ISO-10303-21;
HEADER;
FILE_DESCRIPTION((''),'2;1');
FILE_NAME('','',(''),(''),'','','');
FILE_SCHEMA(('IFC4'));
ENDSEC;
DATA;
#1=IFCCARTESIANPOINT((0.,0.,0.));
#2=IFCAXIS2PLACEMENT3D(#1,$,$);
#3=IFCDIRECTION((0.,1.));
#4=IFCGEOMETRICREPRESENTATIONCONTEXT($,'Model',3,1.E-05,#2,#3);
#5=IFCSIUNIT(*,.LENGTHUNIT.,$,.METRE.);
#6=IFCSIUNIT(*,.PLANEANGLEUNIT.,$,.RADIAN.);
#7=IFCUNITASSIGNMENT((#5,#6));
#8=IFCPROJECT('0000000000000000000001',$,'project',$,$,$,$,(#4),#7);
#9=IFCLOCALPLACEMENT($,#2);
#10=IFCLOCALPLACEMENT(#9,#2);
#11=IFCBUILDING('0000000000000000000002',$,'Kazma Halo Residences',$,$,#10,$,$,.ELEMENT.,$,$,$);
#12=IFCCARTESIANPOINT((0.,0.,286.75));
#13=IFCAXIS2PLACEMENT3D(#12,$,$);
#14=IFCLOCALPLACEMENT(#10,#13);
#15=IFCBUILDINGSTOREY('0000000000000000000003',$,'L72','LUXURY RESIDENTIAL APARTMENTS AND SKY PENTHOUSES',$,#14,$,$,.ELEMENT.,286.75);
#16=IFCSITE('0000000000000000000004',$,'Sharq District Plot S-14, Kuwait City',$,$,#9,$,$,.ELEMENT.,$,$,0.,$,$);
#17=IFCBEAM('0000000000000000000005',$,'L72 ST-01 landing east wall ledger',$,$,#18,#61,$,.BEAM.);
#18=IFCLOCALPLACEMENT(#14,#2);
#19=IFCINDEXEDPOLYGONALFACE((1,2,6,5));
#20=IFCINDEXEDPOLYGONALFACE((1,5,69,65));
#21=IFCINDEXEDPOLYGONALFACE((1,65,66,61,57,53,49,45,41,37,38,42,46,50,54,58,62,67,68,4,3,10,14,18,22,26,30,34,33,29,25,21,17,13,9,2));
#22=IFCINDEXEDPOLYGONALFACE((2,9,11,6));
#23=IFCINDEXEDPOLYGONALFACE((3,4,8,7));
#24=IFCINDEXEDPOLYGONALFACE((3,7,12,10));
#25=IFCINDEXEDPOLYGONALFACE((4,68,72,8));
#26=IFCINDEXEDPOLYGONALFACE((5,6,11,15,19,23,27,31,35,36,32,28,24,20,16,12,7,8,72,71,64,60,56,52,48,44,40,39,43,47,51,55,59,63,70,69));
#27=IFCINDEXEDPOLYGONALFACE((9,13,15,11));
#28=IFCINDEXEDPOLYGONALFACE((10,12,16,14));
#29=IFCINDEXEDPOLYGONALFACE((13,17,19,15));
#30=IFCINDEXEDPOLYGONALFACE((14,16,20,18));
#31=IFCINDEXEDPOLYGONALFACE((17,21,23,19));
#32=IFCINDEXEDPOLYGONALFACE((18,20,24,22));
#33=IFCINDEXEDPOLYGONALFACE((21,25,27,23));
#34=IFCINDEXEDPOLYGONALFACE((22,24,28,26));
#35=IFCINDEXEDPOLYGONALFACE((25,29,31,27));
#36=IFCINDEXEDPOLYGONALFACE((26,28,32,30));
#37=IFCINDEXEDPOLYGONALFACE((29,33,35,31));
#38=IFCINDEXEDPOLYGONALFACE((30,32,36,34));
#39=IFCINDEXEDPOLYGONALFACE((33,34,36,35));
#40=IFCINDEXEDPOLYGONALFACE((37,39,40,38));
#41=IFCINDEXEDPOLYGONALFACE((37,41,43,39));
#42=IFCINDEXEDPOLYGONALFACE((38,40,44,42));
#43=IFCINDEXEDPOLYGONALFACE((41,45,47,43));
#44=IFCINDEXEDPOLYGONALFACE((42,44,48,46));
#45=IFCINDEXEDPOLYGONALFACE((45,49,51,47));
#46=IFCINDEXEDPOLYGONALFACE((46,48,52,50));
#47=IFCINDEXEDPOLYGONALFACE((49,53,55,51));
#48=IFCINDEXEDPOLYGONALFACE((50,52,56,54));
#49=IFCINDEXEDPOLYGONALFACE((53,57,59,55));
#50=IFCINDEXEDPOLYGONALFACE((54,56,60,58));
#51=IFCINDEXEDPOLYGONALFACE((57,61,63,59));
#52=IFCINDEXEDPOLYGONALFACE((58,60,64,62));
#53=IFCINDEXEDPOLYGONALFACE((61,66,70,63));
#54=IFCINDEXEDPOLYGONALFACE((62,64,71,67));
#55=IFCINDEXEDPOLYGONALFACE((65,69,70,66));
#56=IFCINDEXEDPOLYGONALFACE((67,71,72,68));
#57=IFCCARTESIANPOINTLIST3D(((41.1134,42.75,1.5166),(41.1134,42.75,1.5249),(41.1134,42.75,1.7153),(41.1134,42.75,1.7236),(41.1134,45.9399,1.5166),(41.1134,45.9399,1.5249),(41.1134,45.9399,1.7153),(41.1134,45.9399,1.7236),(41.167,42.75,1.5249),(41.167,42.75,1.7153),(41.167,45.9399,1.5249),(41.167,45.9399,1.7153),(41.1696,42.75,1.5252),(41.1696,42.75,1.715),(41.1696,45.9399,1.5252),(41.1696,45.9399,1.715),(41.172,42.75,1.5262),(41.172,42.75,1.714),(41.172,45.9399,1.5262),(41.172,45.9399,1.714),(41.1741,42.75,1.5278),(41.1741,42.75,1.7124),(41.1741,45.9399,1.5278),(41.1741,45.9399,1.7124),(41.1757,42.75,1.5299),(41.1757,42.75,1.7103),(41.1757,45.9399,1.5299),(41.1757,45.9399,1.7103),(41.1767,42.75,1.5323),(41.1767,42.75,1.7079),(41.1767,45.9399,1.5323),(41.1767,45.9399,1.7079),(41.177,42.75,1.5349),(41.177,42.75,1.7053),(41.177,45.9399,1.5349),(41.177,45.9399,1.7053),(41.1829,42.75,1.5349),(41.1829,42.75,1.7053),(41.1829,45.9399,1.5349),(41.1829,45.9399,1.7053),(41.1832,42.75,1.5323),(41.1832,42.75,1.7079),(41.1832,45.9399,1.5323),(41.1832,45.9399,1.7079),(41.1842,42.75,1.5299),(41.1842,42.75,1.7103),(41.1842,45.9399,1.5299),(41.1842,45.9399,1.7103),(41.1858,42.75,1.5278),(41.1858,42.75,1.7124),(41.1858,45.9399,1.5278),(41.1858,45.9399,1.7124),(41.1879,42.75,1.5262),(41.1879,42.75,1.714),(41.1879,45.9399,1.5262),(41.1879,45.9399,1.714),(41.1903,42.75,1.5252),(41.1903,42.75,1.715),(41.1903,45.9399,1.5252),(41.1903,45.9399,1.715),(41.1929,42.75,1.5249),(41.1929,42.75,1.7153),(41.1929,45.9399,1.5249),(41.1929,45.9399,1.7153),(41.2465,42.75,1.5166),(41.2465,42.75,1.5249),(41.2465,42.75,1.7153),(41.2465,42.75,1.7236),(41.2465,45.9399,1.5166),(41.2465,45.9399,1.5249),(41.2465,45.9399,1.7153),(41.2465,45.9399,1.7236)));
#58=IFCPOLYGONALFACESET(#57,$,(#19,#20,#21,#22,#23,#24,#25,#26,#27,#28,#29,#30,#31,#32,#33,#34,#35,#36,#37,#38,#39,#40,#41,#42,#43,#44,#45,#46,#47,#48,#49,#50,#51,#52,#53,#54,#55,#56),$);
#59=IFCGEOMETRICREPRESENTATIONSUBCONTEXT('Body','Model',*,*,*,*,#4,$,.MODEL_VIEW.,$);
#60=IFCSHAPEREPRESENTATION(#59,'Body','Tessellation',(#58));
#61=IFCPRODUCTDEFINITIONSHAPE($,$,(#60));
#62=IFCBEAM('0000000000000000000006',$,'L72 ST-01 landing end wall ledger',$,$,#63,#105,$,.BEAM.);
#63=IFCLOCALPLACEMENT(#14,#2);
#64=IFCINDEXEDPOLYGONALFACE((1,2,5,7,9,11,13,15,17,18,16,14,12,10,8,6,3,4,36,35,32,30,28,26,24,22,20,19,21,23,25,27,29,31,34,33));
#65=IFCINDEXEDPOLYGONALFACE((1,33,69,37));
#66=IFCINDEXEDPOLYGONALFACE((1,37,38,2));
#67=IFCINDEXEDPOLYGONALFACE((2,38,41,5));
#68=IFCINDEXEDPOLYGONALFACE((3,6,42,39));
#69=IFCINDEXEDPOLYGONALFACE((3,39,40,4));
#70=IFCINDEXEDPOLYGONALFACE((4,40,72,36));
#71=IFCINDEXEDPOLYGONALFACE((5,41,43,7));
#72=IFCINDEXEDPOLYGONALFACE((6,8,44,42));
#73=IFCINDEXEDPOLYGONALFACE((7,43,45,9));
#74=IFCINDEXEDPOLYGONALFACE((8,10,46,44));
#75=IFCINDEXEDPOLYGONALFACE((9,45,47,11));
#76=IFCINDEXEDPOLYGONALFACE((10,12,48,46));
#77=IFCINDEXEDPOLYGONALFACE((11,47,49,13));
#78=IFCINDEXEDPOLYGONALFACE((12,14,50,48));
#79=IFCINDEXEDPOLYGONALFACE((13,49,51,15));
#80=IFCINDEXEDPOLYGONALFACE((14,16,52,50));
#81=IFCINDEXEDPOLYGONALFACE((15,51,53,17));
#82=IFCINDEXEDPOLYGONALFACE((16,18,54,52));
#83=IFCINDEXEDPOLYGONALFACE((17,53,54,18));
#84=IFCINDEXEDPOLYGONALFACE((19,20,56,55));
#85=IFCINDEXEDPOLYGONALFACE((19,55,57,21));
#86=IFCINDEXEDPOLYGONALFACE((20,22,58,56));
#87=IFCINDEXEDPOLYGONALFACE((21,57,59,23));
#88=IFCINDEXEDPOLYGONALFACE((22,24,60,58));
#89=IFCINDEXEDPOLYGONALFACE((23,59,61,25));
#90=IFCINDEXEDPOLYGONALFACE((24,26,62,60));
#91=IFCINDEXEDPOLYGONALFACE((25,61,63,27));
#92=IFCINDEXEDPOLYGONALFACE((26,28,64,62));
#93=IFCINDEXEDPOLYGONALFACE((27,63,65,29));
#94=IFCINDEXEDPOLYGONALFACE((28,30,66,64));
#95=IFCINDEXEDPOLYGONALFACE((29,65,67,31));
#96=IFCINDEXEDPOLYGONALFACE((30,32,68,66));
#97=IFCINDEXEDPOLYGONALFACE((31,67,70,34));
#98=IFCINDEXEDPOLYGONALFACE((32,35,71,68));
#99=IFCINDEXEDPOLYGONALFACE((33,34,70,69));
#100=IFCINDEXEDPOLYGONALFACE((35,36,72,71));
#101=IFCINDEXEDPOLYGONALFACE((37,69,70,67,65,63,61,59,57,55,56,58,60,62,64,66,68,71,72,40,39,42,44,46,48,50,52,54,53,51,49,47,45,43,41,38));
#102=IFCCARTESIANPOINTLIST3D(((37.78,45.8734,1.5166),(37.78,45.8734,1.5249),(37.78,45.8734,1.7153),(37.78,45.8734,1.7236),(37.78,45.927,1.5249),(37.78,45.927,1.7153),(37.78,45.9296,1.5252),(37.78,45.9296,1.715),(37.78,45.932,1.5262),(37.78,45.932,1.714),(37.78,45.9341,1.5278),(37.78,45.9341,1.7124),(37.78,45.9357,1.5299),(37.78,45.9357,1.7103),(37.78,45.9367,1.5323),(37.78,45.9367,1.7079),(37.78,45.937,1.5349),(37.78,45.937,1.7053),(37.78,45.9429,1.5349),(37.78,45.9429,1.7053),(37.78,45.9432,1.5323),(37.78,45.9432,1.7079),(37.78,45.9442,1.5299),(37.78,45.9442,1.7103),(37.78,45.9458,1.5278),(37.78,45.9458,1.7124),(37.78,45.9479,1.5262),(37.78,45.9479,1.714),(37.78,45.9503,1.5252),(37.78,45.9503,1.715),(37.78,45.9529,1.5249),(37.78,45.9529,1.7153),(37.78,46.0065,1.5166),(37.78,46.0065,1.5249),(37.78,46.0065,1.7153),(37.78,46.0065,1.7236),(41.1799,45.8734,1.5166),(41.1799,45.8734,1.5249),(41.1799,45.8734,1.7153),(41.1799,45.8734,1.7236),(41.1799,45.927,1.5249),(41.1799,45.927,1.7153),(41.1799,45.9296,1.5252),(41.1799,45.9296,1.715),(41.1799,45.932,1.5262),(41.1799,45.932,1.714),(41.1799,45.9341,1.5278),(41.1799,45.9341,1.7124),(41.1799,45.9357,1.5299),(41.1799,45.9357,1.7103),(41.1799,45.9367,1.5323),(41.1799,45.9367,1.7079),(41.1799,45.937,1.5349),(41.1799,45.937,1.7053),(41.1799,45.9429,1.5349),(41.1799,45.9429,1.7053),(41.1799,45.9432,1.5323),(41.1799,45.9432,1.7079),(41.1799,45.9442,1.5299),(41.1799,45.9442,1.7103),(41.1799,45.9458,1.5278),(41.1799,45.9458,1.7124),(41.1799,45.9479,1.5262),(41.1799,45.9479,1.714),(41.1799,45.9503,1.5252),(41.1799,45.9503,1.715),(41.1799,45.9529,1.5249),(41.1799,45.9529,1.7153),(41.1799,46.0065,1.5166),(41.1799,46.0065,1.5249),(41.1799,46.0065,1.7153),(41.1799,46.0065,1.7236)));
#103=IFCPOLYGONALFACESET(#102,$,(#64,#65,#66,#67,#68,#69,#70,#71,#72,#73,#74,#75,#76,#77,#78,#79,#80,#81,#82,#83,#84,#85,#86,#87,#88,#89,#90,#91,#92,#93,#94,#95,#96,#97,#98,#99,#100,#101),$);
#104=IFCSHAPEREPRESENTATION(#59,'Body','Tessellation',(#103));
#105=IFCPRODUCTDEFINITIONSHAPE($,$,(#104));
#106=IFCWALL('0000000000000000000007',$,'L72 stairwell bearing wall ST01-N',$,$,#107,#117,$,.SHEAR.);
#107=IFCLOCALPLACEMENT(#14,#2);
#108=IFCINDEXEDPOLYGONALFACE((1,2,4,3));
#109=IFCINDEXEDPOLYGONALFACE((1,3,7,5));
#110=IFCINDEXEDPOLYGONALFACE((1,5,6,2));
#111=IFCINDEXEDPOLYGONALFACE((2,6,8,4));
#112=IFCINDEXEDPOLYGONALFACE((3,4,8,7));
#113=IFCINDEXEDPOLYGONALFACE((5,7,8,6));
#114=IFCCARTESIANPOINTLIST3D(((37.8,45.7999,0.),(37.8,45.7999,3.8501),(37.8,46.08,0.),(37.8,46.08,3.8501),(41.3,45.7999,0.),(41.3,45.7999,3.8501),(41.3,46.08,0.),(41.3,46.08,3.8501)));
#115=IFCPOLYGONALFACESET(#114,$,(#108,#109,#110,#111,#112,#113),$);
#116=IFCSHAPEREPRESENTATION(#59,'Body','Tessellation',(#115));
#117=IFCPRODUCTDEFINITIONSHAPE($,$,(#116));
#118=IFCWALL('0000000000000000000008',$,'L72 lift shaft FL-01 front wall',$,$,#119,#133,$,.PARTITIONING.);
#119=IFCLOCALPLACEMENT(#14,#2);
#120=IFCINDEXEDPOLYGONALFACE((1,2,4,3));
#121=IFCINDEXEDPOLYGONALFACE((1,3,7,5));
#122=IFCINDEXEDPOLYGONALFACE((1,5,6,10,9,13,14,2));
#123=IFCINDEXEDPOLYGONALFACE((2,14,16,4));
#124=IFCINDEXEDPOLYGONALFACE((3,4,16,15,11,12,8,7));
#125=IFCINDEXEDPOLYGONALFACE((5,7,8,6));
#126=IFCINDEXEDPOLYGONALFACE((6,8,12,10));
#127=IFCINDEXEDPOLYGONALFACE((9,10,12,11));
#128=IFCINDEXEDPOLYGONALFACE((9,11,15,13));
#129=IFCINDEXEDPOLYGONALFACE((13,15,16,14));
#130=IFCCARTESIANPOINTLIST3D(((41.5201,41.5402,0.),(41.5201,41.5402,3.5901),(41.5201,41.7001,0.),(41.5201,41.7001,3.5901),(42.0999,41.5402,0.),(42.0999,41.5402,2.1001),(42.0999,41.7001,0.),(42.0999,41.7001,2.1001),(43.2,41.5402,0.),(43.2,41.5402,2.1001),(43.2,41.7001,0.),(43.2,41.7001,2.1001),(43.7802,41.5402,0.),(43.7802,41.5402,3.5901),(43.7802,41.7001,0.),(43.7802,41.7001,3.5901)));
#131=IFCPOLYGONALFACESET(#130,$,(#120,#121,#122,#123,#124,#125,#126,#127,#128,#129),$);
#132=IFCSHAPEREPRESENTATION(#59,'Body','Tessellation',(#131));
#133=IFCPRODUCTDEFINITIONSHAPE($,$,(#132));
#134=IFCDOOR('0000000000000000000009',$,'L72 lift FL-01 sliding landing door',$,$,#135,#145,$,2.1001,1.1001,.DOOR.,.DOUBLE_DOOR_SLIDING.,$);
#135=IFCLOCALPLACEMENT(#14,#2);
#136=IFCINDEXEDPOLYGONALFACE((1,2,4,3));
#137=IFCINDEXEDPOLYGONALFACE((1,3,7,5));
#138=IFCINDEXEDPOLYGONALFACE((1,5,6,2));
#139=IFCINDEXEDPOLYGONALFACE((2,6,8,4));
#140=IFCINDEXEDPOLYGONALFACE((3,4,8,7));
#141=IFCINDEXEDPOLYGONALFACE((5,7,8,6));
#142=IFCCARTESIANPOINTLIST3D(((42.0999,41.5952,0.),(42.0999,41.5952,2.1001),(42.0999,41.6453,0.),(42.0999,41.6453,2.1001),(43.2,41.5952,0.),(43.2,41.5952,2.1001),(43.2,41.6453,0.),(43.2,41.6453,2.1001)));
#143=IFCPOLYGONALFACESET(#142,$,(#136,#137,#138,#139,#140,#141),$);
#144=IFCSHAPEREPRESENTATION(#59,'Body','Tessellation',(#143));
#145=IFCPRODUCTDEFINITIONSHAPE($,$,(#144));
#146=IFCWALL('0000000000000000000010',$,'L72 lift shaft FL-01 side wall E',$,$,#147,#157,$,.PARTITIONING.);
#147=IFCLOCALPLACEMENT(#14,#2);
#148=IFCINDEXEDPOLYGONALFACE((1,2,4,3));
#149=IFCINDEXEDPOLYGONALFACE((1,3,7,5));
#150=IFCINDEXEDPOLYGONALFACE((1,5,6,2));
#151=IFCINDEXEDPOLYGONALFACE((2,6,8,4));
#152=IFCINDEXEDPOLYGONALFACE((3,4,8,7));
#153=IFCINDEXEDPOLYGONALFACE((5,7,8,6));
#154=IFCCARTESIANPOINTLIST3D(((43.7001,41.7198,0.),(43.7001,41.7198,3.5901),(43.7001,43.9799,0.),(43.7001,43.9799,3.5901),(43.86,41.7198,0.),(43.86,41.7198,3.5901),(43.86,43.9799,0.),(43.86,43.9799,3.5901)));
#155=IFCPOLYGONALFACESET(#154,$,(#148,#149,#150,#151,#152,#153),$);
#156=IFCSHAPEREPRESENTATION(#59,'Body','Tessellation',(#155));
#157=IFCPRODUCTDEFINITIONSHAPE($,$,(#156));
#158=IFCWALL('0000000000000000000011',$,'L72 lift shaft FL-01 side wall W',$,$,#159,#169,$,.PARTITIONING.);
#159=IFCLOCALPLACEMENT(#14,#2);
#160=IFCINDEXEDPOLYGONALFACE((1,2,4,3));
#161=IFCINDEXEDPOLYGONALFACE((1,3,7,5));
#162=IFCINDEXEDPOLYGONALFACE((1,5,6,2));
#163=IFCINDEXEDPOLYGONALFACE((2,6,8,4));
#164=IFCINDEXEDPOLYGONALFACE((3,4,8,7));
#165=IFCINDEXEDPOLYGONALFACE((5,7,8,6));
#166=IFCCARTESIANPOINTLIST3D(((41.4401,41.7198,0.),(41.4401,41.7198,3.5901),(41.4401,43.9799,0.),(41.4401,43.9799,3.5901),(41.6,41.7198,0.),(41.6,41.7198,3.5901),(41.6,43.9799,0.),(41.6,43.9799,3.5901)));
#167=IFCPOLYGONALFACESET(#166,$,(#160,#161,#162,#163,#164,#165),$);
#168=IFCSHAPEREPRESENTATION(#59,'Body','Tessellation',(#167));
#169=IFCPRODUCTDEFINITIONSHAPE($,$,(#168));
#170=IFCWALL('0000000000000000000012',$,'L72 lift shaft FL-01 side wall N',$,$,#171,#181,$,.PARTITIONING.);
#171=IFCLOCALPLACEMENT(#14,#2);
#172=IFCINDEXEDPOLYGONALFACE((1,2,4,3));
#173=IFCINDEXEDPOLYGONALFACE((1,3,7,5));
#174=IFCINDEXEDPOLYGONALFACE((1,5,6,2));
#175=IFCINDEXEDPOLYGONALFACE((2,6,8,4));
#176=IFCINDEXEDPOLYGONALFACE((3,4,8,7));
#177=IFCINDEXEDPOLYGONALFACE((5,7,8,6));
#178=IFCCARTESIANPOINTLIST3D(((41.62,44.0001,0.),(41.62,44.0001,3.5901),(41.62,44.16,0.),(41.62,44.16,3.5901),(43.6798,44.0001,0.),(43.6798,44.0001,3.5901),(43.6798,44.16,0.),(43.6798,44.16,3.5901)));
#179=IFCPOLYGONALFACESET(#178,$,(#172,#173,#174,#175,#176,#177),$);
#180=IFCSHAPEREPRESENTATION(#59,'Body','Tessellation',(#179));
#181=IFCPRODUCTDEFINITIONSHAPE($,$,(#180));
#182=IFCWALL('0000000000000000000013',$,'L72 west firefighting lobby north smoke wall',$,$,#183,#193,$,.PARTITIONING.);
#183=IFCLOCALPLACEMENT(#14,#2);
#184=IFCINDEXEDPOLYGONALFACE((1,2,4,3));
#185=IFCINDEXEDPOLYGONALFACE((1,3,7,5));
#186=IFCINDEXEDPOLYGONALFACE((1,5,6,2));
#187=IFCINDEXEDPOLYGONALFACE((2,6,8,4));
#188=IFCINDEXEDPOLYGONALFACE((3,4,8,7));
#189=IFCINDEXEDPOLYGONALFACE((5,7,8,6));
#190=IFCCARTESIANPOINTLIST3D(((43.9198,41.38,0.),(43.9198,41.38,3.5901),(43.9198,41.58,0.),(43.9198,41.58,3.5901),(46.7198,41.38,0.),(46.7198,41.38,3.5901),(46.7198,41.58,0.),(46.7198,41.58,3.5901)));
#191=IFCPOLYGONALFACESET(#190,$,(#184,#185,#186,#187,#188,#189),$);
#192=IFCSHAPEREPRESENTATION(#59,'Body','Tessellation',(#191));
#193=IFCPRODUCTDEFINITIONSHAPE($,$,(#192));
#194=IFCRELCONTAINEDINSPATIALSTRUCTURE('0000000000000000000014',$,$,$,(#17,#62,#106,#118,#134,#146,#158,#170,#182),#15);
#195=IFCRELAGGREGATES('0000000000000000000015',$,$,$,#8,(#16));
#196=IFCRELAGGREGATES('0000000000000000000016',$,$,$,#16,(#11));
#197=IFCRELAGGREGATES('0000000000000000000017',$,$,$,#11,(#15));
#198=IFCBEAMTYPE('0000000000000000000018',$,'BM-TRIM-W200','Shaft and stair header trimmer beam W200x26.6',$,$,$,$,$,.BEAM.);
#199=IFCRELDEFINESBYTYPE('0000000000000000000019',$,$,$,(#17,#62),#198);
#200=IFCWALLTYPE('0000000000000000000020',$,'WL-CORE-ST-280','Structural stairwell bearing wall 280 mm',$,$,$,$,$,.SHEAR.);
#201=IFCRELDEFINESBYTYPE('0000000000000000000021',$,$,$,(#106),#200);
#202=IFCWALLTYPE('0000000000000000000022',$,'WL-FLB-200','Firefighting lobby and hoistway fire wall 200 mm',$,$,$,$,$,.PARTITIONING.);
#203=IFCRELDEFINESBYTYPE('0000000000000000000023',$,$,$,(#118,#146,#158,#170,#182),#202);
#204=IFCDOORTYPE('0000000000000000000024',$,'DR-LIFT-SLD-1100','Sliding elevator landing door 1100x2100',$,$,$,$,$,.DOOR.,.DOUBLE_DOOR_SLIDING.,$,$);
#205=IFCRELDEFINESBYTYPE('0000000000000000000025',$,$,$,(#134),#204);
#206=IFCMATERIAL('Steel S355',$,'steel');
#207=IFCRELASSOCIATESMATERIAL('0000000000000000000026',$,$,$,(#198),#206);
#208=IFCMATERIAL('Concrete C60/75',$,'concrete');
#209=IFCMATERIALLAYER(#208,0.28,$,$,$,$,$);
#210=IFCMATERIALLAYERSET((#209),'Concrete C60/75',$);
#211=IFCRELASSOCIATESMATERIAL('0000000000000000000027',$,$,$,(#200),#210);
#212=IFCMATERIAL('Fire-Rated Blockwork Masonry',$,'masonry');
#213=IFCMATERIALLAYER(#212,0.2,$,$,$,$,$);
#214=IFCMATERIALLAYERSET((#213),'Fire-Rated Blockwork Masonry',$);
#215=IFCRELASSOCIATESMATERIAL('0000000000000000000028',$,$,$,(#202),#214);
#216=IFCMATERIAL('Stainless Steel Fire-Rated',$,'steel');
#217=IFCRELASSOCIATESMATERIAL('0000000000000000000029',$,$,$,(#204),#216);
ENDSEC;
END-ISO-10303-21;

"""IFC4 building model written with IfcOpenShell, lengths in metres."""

from ifc_helpers import new_model, si_unit, direction, frame, frame_2d, origin, origin_2d, place, context, subcontext, project, spatial, rectangle, i_section, extrude, material, layer, layer_set, material_profile, profile_set, type_object, element, fill, save


model = new_model("IFC4")

# Units and contexts
model_context = context("Model", 3, precision=1e-05, world=origin(), true_north=direction((0.0, 1.0)))
body_context = subcontext(model_context, "Body", "Model", "MODEL_VIEW")
ifc_project = project(units=[si_unit("LENGTHUNIT", "METRE"), si_unit("PLANEANGLEUNIT", "RADIAN")], contexts=[model_context])

# Site, building, storey
site_placement = place(None, origin())
site = spatial("IfcSite", under=ifc_project, at=site_placement, Name="Sharq District Plot S-14, Kuwait City", CompositionType="ELEMENT", RefElevation=0.0)
building_placement = place(site_placement, origin())
building = spatial("IfcBuilding", under=site, at=building_placement, Name="Kazma Halo Residences", CompositionType="ELEMENT")
storey_placement = place(building_placement, frame((0.0, 0.0, 286.75)))
storey = spatial("IfcBuildingStorey", under=building, at=storey_placement, Name="L72", Description="LUXURY RESIDENTIAL APARTMENTS AND SKY PENTHOUSES", CompositionType="ELEMENT", Elevation=286.75)

# Shared definitions
ifc_material_1 = material(Name="Steel S355", Category="steel")

# Beams
ifc_material_profile_1 = material_profile(ifc_material_1, i_section(OverallWidth=0.1331, OverallDepth=0.207, WebThickness=0.0059, FlangeThickness=0.0083, FilletRadius=0.01, at=origin_2d()), Name="W200x26.6")
ifc_profile_set_1 = profile_set([ifc_material_profile_1], Name="Steel S355")
beam_type_1 = type_object("IfcBeamType", Name="BM-TRIM-W200", Description="Shaft and stair header trimmer beam W200x26.6", PredefinedType="BEAM", material=ifc_profile_set_1)
beam_1_placement = place(storey_placement, frame((41.1799, 42.75, 1.6201), z_axis=(0.0, 1.0, 0.0), x_axis=(-1.0, 0.0, 0.0)))
element("IfcBeam", 1, at=beam_1_placement, inside=storey, type_object=beam_type_1, Name="L72 ST-01 landing east wall ledger", PredefinedType="BEAM", context=body_context, shape_type="SweptSolid", body=[
    extrude(i_section(OverallWidth=0.1331, OverallDepth=0.207, WebThickness=0.0059, FlangeThickness=0.0083, FilletRadius=0.01, at=origin_2d()), origin(), (0.0, 0.0, 1.0), 3.1899),
])
beam_2_placement = place(storey_placement, frame((37.78, 45.9399, 1.6201), z_axis=(1.0, 0.0, 0.0), x_axis=(0.0, 1.0, 0.0)))
element("IfcBeam", 2, at=beam_2_placement, inside=storey, type_object=beam_type_1, Name="L72 ST-01 landing end wall ledger", PredefinedType="BEAM", context=body_context, shape_type="SweptSolid", body=[
    extrude(i_section(OverallWidth=0.1331, OverallDepth=0.207, WebThickness=0.0059, FlangeThickness=0.0083, FilletRadius=0.01, at=origin_2d()), origin(), (0.0, 0.0, 1.0), 3.3999),
])

# Wall
ifc_material_2 = material(Name="Concrete C60/75", Category="concrete")
ifc_layer_1 = layer(ifc_material_2, 0.28)
ifc_layer_set_1 = layer_set([ifc_layer_1], Name="Concrete C60/75")
wall_type_1 = type_object("IfcWallType", Name="WL-CORE-ST-280", Description="Structural stairwell bearing wall 280 mm", PredefinedType="SHEAR", material=ifc_layer_set_1)
wall_1_placement = place(storey_placement, frame((37.8, 45.9399, 0.0), z_axis=(0.0, 0.0, 1.0), x_axis=(1.0, 0.0, 0.0)))
element("IfcWall", 3, at=wall_1_placement, inside=storey, type_object=wall_type_1, Name="L72 stairwell bearing wall ST01-N", PredefinedType="SHEAR", context=body_context, shape_type="SweptSolid", body=[
    extrude(rectangle(XDim=3.5, YDim=0.28, at=frame_2d((1.75, 0.0))), origin(), (0.0, 0.0, 1.0), 3.8501),
])

# Wall, opening, door
ifc_material_3 = material(Name="Fire-Rated Blockwork Masonry", Category="masonry")
ifc_layer_2 = layer(ifc_material_3, 0.2)
ifc_layer_set_2 = layer_set([ifc_layer_2], Name="Fire-Rated Blockwork Masonry")
wall_type_2 = type_object("IfcWallType", Name="WL-FLB-200", Description="Firefighting lobby and hoistway fire wall 200 mm", PredefinedType="PARTITIONING", material=ifc_layer_set_2)
wall_2_placement = place(storey_placement, frame((43.78, 41.6201, 0.0), z_axis=(0.0, 0.0, 1.0), x_axis=(-1.0, 0.0, 0.0)))
wall_2 = element("IfcWall", 4, at=wall_2_placement, inside=storey, type_object=wall_type_2, Name="L72 lift shaft FL-01 front wall", PredefinedType="PARTITIONING", context=body_context, shape_type="SweptSolid", body=[
    extrude(rectangle(XDim=2.26, YDim=0.1599, at=frame_2d((1.1299, 0.0))), origin(), (0.0, 0.0, 1.0), 3.5901),
])
opening_1_placement = place(wall_2_placement, frame((0.5801, 0.0, 0.0)))
opening_1 = element("IfcOpeningElement", 5, at=opening_1_placement, cuts=wall_2, PredefinedType="OPENING", context=body_context, shape_type="SweptSolid", body=[
    extrude(rectangle(XDim=1.1001, YDim=2.1001, at=frame_2d((0.55, 1.05))), frame((0.0, 0.0898, 0.0), z_axis=(0.0, -1.0, 0.0), x_axis=(1.0, 0.0, 0.0)), (0.0, 0.0, 1.0), 0.1799),
])
ifc_material_4 = material(Name="Stainless Steel Fire-Rated", Category="steel")
door_type_1 = type_object("IfcDoorType", Name="DR-LIFT-SLD-1100", Description="Sliding elevator landing door 1100x2100", OperationType="DOUBLE_DOOR_SLIDING", PredefinedType="DOOR", material=ifc_material_4)
door_1_placement = place(opening_1_placement, origin())
door_1 = element("IfcDoor", 6, at=door_1_placement, inside=storey, type_object=door_type_1, Name="L72 lift FL-01 sliding landing door", OperationType="DOUBLE_DOOR_SLIDING", OverallHeight=2.1001, OverallWidth=1.1001, PredefinedType="DOOR", context=body_context, shape_type="SweptSolid", body=[
    extrude(rectangle(XDim=1.1001, YDim=2.1001, at=frame_2d((0.55, 1.05))), frame((0.0, 0.0249, 0.0), z_axis=(0.0, -1.0, 0.0), x_axis=(1.0, 0.0, 0.0)), (0.0, 0.0, 1.0), 0.05),
])
fill(opening_1, door_1)

# Walls
for number, where, z_axis, x_axis, name in (
    (7, (43.78, 41.72, 0.0), (0.0, 0.0, 1.0), (0.0, 1.0, 0.0), "L72 lift shaft FL-01 side wall E"),
    (8, (41.52, 41.72, 0.0), (0.0, 0.0, 1.0), (0.0, 1.0, 0.0), "L72 lift shaft FL-01 side wall W"),
):
    element("IfcWall", number, at=place(storey_placement, frame(where, z_axis=z_axis, x_axis=x_axis)), inside=storey, type_object=wall_type_2, Name=name, PredefinedType="PARTITIONING", context=body_context, shape_type="SweptSolid", body=[
        extrude(rectangle(XDim=2.26, YDim=0.1599, at=frame_2d((1.1299, 0.0))), origin(), (0.0, 0.0, 1.0), 3.5901),
    ])
wall_3_placement = place(storey_placement, frame((41.6201, 44.0801, 0.0), z_axis=(0.0, 0.0, 1.0), x_axis=(1.0, 0.0, 0.0)))
element("IfcWall", 9, at=wall_3_placement, inside=storey, type_object=wall_type_2, Name="L72 lift shaft FL-01 side wall N", PredefinedType="PARTITIONING", context=body_context, shape_type="SweptSolid", body=[
    extrude(rectangle(XDim=2.0598, YDim=0.1599, at=frame_2d((1.0298, 0.0))), origin(), (0.0, 0.0, 1.0), 3.5901),
])
wall_4_placement = place(storey_placement, frame((43.9199, 41.48, 0.0), z_axis=(0.0, 0.0, 1.0), x_axis=(1.0, 0.0, 0.0)))
element("IfcWall", 10, at=wall_4_placement, inside=storey, type_object=wall_type_2, Name="L72 west firefighting lobby north smoke wall", PredefinedType="PARTITIONING", context=body_context, shape_type="SweptSolid", body=[
    extrude(rectangle(XDim=2.8, YDim=0.2, at=frame_2d((1.3999, 0.0))), origin(), (0.0, 0.0, 1.0), 3.5901),
])

save(model, "model.ifc")
